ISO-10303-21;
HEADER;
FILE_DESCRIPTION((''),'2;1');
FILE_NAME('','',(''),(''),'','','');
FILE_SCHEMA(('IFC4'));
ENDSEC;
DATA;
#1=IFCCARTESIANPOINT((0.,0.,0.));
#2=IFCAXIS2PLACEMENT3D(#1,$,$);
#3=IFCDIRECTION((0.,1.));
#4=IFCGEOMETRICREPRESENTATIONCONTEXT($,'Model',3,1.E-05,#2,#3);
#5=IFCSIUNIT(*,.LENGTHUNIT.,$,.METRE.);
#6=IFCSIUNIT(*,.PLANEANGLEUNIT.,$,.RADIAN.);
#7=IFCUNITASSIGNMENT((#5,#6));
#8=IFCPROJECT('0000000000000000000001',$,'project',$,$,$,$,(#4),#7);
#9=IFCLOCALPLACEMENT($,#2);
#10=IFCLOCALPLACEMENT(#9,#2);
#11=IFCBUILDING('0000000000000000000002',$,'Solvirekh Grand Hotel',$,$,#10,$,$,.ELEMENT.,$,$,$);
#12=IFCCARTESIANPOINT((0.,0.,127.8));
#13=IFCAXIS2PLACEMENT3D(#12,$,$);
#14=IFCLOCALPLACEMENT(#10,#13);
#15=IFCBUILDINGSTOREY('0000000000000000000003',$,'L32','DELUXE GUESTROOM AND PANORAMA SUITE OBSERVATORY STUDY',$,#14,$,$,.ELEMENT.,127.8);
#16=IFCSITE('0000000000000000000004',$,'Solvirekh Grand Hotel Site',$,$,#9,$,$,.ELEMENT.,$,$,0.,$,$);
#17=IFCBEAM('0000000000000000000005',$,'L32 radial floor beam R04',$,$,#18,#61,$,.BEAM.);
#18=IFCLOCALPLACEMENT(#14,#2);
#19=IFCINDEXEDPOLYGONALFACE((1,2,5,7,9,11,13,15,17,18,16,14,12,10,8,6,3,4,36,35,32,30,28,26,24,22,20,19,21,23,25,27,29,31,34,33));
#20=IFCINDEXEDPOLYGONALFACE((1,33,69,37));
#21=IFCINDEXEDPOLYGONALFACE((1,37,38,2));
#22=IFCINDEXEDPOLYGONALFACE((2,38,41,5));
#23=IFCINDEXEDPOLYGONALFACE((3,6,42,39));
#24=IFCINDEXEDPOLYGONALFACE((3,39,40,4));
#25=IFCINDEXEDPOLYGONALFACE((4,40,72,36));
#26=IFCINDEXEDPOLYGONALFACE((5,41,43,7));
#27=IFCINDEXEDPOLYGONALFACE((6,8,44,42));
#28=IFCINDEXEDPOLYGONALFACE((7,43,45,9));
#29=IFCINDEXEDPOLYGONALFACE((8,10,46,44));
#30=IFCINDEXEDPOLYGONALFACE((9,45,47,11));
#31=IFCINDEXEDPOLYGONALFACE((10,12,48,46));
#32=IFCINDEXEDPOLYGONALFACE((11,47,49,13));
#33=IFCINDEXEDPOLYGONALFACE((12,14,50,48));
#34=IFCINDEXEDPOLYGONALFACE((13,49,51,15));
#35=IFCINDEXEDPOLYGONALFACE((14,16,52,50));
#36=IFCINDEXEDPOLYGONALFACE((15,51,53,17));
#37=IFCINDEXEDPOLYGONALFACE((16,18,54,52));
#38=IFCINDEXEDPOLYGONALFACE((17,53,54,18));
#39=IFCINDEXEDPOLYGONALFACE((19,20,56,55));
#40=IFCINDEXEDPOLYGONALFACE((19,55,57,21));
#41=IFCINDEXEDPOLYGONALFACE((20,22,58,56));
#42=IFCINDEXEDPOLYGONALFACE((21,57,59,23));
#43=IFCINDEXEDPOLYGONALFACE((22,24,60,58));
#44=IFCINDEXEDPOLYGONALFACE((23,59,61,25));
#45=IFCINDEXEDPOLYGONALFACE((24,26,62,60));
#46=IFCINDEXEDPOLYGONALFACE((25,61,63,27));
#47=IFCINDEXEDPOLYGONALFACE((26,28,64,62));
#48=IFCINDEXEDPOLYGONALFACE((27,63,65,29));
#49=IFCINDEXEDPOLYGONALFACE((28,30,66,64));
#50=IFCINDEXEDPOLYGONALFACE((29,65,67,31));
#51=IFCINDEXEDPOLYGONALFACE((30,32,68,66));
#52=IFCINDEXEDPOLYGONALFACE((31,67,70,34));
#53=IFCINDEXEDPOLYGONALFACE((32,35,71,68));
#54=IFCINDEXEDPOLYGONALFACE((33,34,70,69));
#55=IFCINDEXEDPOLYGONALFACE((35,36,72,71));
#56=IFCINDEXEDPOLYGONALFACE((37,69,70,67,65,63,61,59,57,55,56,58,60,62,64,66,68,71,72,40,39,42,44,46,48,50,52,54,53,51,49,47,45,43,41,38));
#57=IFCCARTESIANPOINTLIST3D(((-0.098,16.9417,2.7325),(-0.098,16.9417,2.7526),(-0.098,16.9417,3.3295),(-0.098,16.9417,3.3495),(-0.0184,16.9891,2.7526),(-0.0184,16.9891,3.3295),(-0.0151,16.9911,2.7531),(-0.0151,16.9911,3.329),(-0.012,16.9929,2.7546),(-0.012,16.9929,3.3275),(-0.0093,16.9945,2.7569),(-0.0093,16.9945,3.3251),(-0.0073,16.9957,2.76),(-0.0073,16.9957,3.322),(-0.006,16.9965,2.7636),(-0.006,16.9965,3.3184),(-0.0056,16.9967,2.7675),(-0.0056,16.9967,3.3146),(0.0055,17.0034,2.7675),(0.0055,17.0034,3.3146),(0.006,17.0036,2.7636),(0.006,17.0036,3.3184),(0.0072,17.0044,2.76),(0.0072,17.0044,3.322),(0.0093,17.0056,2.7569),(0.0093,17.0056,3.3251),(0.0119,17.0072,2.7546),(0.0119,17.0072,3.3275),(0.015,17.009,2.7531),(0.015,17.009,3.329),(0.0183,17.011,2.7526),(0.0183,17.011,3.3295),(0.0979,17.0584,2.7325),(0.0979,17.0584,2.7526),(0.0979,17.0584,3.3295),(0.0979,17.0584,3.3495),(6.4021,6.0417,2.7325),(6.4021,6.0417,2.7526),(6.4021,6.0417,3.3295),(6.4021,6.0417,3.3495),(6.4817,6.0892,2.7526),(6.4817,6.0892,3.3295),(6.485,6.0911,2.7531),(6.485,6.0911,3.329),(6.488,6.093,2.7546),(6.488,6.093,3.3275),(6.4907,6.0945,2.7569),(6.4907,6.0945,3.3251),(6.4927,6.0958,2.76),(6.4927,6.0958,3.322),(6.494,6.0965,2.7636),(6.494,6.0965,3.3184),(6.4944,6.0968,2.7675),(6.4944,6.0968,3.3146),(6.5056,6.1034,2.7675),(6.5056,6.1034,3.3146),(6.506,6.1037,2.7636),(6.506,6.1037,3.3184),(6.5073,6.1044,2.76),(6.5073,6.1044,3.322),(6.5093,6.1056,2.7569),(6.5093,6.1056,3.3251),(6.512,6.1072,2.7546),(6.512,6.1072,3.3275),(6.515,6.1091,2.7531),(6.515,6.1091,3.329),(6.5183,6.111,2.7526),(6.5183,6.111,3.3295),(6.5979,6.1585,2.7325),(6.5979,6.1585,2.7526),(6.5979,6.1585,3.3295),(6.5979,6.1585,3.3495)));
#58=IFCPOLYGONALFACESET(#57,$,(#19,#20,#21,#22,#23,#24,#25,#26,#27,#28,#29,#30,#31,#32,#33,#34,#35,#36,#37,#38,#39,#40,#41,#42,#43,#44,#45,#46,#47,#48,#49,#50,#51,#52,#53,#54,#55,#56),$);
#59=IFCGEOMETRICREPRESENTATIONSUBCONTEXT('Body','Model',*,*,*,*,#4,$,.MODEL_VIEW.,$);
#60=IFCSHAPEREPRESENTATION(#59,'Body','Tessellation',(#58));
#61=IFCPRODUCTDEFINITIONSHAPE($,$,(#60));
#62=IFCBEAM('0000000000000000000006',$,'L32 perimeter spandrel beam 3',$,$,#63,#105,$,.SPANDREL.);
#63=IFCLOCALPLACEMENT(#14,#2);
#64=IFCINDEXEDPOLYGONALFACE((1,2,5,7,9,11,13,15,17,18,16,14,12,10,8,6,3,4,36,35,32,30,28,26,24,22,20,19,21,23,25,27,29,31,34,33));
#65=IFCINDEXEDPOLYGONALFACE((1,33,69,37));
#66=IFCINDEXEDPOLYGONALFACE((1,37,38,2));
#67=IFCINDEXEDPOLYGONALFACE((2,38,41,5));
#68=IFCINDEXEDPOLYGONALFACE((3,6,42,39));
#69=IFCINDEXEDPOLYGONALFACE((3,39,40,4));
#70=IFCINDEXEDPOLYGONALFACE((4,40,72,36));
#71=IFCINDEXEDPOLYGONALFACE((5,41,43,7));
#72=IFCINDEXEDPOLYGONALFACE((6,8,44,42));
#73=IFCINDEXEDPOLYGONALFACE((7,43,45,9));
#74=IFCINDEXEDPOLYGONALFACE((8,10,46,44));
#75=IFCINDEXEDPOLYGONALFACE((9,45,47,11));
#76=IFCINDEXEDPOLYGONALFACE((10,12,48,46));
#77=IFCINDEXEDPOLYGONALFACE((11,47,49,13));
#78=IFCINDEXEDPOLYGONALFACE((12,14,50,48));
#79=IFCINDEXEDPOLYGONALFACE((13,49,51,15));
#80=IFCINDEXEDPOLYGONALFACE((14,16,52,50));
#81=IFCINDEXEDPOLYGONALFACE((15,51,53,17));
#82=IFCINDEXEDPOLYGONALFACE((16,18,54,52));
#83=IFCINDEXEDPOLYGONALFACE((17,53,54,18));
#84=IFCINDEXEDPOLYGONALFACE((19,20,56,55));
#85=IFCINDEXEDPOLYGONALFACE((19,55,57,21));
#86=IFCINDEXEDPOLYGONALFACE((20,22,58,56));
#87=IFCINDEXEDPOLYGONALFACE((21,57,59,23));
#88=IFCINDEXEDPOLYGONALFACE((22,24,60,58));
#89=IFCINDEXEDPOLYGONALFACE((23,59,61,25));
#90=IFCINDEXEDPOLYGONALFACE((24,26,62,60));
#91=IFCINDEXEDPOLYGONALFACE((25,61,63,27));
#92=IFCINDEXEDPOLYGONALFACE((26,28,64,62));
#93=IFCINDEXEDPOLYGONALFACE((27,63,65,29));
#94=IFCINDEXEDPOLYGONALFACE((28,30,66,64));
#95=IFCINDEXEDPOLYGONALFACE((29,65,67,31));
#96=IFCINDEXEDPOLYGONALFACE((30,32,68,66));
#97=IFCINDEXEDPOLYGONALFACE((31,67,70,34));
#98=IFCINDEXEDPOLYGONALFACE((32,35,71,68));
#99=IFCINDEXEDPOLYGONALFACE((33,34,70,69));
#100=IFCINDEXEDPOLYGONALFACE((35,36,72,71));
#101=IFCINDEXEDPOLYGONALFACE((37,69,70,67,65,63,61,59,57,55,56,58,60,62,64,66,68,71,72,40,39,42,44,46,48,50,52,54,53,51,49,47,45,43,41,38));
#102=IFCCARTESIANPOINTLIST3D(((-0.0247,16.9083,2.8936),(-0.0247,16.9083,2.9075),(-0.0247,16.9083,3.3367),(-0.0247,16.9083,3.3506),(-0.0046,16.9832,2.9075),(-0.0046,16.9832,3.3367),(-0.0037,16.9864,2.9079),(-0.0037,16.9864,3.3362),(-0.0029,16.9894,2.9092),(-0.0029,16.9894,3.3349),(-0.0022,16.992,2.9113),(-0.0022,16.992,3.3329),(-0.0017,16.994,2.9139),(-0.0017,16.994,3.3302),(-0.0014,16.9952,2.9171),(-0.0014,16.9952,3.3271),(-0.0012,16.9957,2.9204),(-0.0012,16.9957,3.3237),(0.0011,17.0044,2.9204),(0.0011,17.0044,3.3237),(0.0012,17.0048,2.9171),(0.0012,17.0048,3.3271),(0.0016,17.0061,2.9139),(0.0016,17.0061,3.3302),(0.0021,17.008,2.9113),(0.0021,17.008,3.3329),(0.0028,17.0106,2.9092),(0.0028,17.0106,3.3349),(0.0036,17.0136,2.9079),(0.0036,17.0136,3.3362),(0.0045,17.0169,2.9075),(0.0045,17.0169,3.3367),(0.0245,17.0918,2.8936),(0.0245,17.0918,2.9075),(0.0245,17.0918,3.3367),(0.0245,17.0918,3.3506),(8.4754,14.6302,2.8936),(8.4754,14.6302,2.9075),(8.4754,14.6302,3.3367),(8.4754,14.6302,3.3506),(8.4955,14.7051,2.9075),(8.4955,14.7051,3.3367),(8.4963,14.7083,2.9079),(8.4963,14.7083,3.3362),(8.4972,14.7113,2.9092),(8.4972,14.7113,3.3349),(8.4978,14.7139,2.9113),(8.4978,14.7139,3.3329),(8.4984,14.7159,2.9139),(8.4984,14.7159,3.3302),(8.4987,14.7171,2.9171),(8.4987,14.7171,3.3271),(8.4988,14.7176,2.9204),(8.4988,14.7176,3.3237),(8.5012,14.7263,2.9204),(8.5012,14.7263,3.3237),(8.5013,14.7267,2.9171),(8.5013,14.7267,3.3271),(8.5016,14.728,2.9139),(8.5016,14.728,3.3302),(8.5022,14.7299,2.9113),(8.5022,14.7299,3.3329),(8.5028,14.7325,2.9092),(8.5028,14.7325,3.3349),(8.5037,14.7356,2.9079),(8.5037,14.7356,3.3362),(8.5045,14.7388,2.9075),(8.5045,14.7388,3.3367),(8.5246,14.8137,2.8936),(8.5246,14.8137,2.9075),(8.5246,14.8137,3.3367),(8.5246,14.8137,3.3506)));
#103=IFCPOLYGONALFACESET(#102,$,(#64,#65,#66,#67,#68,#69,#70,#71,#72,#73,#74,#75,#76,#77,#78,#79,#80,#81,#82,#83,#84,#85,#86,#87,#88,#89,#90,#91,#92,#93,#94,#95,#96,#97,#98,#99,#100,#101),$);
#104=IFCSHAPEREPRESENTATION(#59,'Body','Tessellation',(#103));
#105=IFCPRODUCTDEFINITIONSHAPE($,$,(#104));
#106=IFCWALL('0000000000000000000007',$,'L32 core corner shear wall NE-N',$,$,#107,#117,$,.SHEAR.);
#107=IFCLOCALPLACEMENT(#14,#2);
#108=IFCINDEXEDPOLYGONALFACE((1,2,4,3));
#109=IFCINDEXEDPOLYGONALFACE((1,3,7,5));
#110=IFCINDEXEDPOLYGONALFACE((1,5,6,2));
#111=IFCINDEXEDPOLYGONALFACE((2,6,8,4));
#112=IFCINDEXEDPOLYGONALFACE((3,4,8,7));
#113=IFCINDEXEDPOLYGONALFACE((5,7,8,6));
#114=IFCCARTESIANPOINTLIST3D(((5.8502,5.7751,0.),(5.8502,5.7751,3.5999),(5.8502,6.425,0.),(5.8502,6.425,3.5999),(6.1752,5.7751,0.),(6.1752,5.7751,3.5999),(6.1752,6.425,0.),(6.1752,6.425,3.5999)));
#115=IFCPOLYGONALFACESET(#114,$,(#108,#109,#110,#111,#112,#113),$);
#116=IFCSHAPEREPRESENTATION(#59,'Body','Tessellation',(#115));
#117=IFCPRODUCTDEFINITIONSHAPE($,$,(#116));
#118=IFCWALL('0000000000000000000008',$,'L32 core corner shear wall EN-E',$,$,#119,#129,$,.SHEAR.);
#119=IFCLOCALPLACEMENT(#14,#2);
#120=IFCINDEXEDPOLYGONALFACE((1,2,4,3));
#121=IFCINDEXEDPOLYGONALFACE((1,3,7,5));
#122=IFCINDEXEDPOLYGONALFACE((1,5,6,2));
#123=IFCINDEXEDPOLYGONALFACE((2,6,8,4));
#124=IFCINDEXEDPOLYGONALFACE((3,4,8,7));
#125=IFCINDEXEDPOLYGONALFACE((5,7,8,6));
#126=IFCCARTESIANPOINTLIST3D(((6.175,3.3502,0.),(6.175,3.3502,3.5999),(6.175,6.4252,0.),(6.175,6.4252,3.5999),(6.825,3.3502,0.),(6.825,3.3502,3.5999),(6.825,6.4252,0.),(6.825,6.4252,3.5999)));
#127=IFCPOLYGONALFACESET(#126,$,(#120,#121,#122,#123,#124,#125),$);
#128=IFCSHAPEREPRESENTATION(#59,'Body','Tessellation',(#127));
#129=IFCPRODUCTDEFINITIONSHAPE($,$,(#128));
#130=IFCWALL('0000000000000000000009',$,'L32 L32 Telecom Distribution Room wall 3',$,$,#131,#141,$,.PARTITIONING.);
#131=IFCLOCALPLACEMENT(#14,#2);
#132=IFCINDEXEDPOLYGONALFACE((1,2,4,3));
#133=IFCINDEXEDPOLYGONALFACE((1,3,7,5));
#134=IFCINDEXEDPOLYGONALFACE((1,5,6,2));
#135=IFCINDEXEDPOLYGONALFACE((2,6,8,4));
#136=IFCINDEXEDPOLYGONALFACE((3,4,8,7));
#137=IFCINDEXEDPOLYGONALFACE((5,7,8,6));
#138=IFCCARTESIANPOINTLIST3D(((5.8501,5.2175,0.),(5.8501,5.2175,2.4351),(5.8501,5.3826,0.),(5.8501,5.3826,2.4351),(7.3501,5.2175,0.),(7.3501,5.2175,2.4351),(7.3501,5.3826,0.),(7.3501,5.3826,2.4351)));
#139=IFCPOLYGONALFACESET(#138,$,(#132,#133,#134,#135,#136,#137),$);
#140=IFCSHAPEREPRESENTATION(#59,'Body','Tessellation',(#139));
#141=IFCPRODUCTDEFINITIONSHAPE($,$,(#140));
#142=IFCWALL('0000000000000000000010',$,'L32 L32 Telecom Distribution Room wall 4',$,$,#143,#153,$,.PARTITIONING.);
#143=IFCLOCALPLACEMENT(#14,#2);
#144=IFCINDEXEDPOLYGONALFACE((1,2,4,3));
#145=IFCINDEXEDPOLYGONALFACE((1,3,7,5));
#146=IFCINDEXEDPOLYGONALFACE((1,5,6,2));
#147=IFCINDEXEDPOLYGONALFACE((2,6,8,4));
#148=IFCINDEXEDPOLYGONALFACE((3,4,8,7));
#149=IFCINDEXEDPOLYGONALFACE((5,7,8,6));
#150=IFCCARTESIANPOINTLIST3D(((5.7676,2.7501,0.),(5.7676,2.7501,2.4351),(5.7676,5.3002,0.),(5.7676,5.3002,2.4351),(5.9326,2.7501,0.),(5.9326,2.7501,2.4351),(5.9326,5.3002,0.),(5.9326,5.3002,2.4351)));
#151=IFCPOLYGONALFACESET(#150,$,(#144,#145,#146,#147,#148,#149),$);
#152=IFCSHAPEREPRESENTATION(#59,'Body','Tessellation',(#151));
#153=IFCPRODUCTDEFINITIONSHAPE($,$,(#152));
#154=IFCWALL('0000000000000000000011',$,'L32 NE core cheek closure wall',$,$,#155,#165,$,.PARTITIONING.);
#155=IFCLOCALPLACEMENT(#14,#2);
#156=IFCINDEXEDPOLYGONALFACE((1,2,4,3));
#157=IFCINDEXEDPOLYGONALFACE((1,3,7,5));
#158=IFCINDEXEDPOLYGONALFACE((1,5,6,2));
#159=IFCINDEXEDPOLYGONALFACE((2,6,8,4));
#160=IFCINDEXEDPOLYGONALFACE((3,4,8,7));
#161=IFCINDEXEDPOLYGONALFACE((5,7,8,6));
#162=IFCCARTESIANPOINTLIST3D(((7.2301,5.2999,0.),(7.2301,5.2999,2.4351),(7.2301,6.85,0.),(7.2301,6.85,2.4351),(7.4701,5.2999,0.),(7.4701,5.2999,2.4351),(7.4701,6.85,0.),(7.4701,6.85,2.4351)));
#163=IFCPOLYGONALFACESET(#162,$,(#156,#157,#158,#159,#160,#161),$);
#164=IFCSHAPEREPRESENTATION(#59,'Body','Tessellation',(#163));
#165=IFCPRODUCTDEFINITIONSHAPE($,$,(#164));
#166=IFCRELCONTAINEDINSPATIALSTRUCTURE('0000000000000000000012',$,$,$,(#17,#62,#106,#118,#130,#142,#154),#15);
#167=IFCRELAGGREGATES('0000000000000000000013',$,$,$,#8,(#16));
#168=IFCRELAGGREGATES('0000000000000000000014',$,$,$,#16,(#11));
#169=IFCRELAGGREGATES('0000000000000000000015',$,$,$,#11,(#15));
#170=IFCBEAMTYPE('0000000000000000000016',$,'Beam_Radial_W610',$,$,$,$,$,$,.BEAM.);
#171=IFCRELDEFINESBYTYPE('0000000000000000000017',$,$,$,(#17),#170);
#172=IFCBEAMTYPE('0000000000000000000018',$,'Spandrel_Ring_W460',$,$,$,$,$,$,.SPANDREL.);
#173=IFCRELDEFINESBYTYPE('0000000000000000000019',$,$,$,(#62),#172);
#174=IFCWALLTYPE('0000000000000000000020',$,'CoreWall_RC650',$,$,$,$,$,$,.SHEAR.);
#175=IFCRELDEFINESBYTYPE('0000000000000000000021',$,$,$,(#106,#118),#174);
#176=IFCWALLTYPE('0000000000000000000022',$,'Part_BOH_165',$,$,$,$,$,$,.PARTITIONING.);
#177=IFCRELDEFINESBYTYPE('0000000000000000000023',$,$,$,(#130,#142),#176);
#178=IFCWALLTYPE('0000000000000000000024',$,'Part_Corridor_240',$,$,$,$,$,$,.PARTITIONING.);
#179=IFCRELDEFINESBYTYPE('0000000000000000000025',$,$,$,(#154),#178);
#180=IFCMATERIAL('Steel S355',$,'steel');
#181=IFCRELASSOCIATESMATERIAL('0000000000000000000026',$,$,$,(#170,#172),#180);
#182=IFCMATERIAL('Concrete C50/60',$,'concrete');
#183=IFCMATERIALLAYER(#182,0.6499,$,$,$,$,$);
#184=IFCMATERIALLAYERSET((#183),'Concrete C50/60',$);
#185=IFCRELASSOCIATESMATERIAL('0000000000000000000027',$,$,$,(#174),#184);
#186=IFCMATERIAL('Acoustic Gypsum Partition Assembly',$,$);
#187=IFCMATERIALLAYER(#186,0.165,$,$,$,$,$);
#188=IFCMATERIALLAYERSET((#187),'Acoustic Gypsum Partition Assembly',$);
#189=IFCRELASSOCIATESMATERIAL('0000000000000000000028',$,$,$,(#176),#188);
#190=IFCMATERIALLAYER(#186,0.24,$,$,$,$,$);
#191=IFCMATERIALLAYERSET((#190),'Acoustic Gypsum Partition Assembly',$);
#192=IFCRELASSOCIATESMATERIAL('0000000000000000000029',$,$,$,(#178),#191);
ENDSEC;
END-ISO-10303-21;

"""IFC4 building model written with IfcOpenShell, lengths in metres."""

from ifc_helpers import new_model, si_unit, direction, frame, frame_2d, origin, origin_2d, place, context, subcontext, project, spatial, rectangle, i_section, extrude, material, layer, layer_set, material_profile, profile_set, type_object, element, save


model = new_model("IFC4")

# Units and contexts
model_context = context("Model", 3, precision=1e-05, world=origin(), true_north=direction((0.0, 1.0)))
body_context = subcontext(model_context, "Body", "Model", "MODEL_VIEW")
ifc_project = project(units=[si_unit("LENGTHUNIT", "METRE"), si_unit("PLANEANGLEUNIT", "RADIAN")], contexts=[model_context])

# Site, building, storey
site_placement = place(None, origin())
site = spatial("IfcSite", under=ifc_project, at=site_placement, Name="Solvirekh Grand Hotel Site", CompositionType="ELEMENT", RefElevation=0.0)
building_placement = place(site_placement, origin())
building = spatial("IfcBuilding", under=site, at=building_placement, Name="Solvirekh Grand Hotel", CompositionType="ELEMENT")
storey_placement = place(building_placement, frame((0.0, 0.0, 127.8)))
storey = spatial("IfcBuildingStorey", under=building, at=storey_placement, Name="L32", Description="DELUXE GUESTROOM AND PANORAMA SUITE OBSERVATORY STUDY", CompositionType="ELEMENT", Elevation=127.8)

# Shared definitions
ifc_material_1 = material(Name="Concrete C50/60", Category="concrete")

# Beams
ifc_material_2 = material(Name="Steel S355", Category="steel")
ifc_material_profile_1 = material_profile(ifc_material_2, i_section(OverallWidth=0.228, OverallDepth=0.6169, WebThickness=0.0129, FlangeThickness=0.02, FilletRadius=0.0149, at=origin_2d()), Name="W610X140")
ifc_profile_set_1 = profile_set([ifc_material_profile_1], Name="Steel S355")
beam_type_1 = type_object("IfcBeamType", Name="Beam_Radial_W610", PredefinedType="BEAM", material=ifc_profile_set_1)
beam_1_placement = place(storey_placement, frame((6.5, 6.1001, 3.041), z_axis=(-0.51218, 0.858878, 0.0), x_axis=(-0.858878, -0.51218, 0.0)))
element("IfcBeam", 1, at=beam_1_placement, inside=storey, type_object=beam_type_1, Name="L32 radial floor beam R04", PredefinedType="BEAM", context=body_context, shape_type="SweptSolid", body=[
    extrude(i_section(OverallWidth=0.228, OverallDepth=0.6169, WebThickness=0.0129, FlangeThickness=0.02, FilletRadius=0.0149, at=origin_2d()), origin(), (0.0, 0.0, 1.0), 12.6909),
])
ifc_material_profile_2 = material_profile(ifc_material_2, i_section(OverallWidth=0.1899, OverallDepth=0.457, WebThickness=0.009, FlangeThickness=0.0139, FilletRadius=0.0129, at=origin_2d()), Name="W460X74")
ifc_profile_set_2 = profile_set([ifc_material_profile_2], Name="Steel S355")
beam_type_2 = type_object("IfcBeamType", Name="Spandrel_Ring_W460", PredefinedType="SPANDREL", material=ifc_profile_set_2)
beam_2_placement = place(storey_placement, frame((8.5, 14.7219, 3.1221), z_axis=(-0.965911, 0.258873, 0.0), x_axis=(-0.258873, -0.965911, 0.0)))
element("IfcBeam", 2, at=beam_2_placement, inside=storey, type_object=beam_type_2, Name="L32 perimeter spandrel beam 3", PredefinedType="SPANDREL", context=body_context, shape_type="SweptSolid", body=[
    extrude(i_section(OverallWidth=0.1899, OverallDepth=0.457, WebThickness=0.009, FlangeThickness=0.0139, FilletRadius=0.0129, at=origin_2d()), origin(), (0.0, 0.0, 1.0), 8.8),
])

# Walls
ifc_layer_1 = layer(ifc_material_1, 0.6499)
ifc_layer_set_1 = layer_set([ifc_layer_1], Name="Concrete C50/60")
wall_type_1 = type_object("IfcWallType", Name="CoreWall_RC650", PredefinedType="SHEAR", material=ifc_layer_set_1)
wall_1_placement = place(storey_placement, frame((5.8501, 6.1001, 0.0), z_axis=(0.0, 0.0, 1.0), x_axis=(1.0, 0.0, 0.0)))
element("IfcWall", 3, at=wall_1_placement, inside=storey, type_object=wall_type_1, Name="L32 core corner shear wall NE-N", PredefinedType="SHEAR", context=body_context, shape_type="SweptSolid", body=[
    extrude(rectangle(XDim=0.325, YDim=0.6499, at=frame_2d((0.1626, 0.0))), origin(), (0.0, 0.0, 1.0), 3.5999),
])
wall_2_placement = place(storey_placement, frame((6.5, 3.3501, 0.0), z_axis=(0.0, 0.0, 1.0), x_axis=(0.0, 1.0, 0.0)))
element("IfcWall", 4, at=wall_2_placement, inside=storey, type_object=wall_type_1, Name="L32 core corner shear wall EN-E", PredefinedType="SHEAR", context=body_context, shape_type="SweptSolid", body=[
    extrude(rectangle(XDim=3.075, YDim=0.6499, at=frame_2d((1.5376, 0.0))), origin(), (0.0, 0.0, 1.0), 3.5999),
])

# Shared definitions
ifc_material_3 = material(Name="Acoustic Gypsum Partition Assembly")
ifc_layer_2 = layer(ifc_material_3, 0.165)
ifc_layer_set_2 = layer_set([ifc_layer_2], Name="Acoustic Gypsum Partition Assembly")
wall_type_2 = type_object("IfcWallType", Name="Part_BOH_165", PredefinedType="PARTITIONING", material=ifc_layer_set_2)

# Walls
wall_3_placement = place(storey_placement, frame((7.3501, 5.3, 0.0), z_axis=(0.0, 0.0, 1.0), x_axis=(-1.0, 0.0, 0.0)))
element("IfcWall", 5, at=wall_3_placement, inside=storey, type_object=wall_type_2, Name="L32 L32 Telecom Distribution Room wall 3", PredefinedType="PARTITIONING", context=body_context, shape_type="SweptSolid", body=[
    extrude(rectangle(XDim=1.5, YDim=0.165, at=frame_2d((0.75, 0.0))), origin(), (0.0, 0.0, 1.0), 2.4351),
])
wall_4_placement = place(storey_placement, frame((5.8501, 5.3, 0.0), z_axis=(0.0, 0.0, 1.0), x_axis=(0.0, -1.0, 0.0)))
element("IfcWall", 6, at=wall_4_placement, inside=storey, type_object=wall_type_2, Name="L32 L32 Telecom Distribution Room wall 4", PredefinedType="PARTITIONING", context=body_context, shape_type="SweptSolid", body=[
    extrude(rectangle(XDim=2.55, YDim=0.165, at=frame_2d((1.2749, 0.0))), origin(), (0.0, 0.0, 1.0), 2.4351),
])
ifc_layer_3 = layer(ifc_material_3, 0.24)
ifc_layer_set_3 = layer_set([ifc_layer_3], Name="Acoustic Gypsum Partition Assembly")
wall_type_3 = type_object("IfcWallType", Name="Part_Corridor_240", PredefinedType="PARTITIONING", material=ifc_layer_set_3)
wall_5_placement = place(storey_placement, frame((7.3501, 5.3, 0.0), z_axis=(0.0, 0.0, 1.0), x_axis=(0.0, 1.0, 0.0)))
element("IfcWall", 7, at=wall_5_placement, inside=storey, type_object=wall_type_3, Name="L32 NE core cheek closure wall", PredefinedType="PARTITIONING", context=body_context, shape_type="SweptSolid", body=[
    extrude(rectangle(XDim=1.55, YDim=0.24, at=frame_2d((0.7749, 0.0))), origin(), (0.0, 0.0, 1.0), 2.4351),
])

save(model, "model.ifc")
